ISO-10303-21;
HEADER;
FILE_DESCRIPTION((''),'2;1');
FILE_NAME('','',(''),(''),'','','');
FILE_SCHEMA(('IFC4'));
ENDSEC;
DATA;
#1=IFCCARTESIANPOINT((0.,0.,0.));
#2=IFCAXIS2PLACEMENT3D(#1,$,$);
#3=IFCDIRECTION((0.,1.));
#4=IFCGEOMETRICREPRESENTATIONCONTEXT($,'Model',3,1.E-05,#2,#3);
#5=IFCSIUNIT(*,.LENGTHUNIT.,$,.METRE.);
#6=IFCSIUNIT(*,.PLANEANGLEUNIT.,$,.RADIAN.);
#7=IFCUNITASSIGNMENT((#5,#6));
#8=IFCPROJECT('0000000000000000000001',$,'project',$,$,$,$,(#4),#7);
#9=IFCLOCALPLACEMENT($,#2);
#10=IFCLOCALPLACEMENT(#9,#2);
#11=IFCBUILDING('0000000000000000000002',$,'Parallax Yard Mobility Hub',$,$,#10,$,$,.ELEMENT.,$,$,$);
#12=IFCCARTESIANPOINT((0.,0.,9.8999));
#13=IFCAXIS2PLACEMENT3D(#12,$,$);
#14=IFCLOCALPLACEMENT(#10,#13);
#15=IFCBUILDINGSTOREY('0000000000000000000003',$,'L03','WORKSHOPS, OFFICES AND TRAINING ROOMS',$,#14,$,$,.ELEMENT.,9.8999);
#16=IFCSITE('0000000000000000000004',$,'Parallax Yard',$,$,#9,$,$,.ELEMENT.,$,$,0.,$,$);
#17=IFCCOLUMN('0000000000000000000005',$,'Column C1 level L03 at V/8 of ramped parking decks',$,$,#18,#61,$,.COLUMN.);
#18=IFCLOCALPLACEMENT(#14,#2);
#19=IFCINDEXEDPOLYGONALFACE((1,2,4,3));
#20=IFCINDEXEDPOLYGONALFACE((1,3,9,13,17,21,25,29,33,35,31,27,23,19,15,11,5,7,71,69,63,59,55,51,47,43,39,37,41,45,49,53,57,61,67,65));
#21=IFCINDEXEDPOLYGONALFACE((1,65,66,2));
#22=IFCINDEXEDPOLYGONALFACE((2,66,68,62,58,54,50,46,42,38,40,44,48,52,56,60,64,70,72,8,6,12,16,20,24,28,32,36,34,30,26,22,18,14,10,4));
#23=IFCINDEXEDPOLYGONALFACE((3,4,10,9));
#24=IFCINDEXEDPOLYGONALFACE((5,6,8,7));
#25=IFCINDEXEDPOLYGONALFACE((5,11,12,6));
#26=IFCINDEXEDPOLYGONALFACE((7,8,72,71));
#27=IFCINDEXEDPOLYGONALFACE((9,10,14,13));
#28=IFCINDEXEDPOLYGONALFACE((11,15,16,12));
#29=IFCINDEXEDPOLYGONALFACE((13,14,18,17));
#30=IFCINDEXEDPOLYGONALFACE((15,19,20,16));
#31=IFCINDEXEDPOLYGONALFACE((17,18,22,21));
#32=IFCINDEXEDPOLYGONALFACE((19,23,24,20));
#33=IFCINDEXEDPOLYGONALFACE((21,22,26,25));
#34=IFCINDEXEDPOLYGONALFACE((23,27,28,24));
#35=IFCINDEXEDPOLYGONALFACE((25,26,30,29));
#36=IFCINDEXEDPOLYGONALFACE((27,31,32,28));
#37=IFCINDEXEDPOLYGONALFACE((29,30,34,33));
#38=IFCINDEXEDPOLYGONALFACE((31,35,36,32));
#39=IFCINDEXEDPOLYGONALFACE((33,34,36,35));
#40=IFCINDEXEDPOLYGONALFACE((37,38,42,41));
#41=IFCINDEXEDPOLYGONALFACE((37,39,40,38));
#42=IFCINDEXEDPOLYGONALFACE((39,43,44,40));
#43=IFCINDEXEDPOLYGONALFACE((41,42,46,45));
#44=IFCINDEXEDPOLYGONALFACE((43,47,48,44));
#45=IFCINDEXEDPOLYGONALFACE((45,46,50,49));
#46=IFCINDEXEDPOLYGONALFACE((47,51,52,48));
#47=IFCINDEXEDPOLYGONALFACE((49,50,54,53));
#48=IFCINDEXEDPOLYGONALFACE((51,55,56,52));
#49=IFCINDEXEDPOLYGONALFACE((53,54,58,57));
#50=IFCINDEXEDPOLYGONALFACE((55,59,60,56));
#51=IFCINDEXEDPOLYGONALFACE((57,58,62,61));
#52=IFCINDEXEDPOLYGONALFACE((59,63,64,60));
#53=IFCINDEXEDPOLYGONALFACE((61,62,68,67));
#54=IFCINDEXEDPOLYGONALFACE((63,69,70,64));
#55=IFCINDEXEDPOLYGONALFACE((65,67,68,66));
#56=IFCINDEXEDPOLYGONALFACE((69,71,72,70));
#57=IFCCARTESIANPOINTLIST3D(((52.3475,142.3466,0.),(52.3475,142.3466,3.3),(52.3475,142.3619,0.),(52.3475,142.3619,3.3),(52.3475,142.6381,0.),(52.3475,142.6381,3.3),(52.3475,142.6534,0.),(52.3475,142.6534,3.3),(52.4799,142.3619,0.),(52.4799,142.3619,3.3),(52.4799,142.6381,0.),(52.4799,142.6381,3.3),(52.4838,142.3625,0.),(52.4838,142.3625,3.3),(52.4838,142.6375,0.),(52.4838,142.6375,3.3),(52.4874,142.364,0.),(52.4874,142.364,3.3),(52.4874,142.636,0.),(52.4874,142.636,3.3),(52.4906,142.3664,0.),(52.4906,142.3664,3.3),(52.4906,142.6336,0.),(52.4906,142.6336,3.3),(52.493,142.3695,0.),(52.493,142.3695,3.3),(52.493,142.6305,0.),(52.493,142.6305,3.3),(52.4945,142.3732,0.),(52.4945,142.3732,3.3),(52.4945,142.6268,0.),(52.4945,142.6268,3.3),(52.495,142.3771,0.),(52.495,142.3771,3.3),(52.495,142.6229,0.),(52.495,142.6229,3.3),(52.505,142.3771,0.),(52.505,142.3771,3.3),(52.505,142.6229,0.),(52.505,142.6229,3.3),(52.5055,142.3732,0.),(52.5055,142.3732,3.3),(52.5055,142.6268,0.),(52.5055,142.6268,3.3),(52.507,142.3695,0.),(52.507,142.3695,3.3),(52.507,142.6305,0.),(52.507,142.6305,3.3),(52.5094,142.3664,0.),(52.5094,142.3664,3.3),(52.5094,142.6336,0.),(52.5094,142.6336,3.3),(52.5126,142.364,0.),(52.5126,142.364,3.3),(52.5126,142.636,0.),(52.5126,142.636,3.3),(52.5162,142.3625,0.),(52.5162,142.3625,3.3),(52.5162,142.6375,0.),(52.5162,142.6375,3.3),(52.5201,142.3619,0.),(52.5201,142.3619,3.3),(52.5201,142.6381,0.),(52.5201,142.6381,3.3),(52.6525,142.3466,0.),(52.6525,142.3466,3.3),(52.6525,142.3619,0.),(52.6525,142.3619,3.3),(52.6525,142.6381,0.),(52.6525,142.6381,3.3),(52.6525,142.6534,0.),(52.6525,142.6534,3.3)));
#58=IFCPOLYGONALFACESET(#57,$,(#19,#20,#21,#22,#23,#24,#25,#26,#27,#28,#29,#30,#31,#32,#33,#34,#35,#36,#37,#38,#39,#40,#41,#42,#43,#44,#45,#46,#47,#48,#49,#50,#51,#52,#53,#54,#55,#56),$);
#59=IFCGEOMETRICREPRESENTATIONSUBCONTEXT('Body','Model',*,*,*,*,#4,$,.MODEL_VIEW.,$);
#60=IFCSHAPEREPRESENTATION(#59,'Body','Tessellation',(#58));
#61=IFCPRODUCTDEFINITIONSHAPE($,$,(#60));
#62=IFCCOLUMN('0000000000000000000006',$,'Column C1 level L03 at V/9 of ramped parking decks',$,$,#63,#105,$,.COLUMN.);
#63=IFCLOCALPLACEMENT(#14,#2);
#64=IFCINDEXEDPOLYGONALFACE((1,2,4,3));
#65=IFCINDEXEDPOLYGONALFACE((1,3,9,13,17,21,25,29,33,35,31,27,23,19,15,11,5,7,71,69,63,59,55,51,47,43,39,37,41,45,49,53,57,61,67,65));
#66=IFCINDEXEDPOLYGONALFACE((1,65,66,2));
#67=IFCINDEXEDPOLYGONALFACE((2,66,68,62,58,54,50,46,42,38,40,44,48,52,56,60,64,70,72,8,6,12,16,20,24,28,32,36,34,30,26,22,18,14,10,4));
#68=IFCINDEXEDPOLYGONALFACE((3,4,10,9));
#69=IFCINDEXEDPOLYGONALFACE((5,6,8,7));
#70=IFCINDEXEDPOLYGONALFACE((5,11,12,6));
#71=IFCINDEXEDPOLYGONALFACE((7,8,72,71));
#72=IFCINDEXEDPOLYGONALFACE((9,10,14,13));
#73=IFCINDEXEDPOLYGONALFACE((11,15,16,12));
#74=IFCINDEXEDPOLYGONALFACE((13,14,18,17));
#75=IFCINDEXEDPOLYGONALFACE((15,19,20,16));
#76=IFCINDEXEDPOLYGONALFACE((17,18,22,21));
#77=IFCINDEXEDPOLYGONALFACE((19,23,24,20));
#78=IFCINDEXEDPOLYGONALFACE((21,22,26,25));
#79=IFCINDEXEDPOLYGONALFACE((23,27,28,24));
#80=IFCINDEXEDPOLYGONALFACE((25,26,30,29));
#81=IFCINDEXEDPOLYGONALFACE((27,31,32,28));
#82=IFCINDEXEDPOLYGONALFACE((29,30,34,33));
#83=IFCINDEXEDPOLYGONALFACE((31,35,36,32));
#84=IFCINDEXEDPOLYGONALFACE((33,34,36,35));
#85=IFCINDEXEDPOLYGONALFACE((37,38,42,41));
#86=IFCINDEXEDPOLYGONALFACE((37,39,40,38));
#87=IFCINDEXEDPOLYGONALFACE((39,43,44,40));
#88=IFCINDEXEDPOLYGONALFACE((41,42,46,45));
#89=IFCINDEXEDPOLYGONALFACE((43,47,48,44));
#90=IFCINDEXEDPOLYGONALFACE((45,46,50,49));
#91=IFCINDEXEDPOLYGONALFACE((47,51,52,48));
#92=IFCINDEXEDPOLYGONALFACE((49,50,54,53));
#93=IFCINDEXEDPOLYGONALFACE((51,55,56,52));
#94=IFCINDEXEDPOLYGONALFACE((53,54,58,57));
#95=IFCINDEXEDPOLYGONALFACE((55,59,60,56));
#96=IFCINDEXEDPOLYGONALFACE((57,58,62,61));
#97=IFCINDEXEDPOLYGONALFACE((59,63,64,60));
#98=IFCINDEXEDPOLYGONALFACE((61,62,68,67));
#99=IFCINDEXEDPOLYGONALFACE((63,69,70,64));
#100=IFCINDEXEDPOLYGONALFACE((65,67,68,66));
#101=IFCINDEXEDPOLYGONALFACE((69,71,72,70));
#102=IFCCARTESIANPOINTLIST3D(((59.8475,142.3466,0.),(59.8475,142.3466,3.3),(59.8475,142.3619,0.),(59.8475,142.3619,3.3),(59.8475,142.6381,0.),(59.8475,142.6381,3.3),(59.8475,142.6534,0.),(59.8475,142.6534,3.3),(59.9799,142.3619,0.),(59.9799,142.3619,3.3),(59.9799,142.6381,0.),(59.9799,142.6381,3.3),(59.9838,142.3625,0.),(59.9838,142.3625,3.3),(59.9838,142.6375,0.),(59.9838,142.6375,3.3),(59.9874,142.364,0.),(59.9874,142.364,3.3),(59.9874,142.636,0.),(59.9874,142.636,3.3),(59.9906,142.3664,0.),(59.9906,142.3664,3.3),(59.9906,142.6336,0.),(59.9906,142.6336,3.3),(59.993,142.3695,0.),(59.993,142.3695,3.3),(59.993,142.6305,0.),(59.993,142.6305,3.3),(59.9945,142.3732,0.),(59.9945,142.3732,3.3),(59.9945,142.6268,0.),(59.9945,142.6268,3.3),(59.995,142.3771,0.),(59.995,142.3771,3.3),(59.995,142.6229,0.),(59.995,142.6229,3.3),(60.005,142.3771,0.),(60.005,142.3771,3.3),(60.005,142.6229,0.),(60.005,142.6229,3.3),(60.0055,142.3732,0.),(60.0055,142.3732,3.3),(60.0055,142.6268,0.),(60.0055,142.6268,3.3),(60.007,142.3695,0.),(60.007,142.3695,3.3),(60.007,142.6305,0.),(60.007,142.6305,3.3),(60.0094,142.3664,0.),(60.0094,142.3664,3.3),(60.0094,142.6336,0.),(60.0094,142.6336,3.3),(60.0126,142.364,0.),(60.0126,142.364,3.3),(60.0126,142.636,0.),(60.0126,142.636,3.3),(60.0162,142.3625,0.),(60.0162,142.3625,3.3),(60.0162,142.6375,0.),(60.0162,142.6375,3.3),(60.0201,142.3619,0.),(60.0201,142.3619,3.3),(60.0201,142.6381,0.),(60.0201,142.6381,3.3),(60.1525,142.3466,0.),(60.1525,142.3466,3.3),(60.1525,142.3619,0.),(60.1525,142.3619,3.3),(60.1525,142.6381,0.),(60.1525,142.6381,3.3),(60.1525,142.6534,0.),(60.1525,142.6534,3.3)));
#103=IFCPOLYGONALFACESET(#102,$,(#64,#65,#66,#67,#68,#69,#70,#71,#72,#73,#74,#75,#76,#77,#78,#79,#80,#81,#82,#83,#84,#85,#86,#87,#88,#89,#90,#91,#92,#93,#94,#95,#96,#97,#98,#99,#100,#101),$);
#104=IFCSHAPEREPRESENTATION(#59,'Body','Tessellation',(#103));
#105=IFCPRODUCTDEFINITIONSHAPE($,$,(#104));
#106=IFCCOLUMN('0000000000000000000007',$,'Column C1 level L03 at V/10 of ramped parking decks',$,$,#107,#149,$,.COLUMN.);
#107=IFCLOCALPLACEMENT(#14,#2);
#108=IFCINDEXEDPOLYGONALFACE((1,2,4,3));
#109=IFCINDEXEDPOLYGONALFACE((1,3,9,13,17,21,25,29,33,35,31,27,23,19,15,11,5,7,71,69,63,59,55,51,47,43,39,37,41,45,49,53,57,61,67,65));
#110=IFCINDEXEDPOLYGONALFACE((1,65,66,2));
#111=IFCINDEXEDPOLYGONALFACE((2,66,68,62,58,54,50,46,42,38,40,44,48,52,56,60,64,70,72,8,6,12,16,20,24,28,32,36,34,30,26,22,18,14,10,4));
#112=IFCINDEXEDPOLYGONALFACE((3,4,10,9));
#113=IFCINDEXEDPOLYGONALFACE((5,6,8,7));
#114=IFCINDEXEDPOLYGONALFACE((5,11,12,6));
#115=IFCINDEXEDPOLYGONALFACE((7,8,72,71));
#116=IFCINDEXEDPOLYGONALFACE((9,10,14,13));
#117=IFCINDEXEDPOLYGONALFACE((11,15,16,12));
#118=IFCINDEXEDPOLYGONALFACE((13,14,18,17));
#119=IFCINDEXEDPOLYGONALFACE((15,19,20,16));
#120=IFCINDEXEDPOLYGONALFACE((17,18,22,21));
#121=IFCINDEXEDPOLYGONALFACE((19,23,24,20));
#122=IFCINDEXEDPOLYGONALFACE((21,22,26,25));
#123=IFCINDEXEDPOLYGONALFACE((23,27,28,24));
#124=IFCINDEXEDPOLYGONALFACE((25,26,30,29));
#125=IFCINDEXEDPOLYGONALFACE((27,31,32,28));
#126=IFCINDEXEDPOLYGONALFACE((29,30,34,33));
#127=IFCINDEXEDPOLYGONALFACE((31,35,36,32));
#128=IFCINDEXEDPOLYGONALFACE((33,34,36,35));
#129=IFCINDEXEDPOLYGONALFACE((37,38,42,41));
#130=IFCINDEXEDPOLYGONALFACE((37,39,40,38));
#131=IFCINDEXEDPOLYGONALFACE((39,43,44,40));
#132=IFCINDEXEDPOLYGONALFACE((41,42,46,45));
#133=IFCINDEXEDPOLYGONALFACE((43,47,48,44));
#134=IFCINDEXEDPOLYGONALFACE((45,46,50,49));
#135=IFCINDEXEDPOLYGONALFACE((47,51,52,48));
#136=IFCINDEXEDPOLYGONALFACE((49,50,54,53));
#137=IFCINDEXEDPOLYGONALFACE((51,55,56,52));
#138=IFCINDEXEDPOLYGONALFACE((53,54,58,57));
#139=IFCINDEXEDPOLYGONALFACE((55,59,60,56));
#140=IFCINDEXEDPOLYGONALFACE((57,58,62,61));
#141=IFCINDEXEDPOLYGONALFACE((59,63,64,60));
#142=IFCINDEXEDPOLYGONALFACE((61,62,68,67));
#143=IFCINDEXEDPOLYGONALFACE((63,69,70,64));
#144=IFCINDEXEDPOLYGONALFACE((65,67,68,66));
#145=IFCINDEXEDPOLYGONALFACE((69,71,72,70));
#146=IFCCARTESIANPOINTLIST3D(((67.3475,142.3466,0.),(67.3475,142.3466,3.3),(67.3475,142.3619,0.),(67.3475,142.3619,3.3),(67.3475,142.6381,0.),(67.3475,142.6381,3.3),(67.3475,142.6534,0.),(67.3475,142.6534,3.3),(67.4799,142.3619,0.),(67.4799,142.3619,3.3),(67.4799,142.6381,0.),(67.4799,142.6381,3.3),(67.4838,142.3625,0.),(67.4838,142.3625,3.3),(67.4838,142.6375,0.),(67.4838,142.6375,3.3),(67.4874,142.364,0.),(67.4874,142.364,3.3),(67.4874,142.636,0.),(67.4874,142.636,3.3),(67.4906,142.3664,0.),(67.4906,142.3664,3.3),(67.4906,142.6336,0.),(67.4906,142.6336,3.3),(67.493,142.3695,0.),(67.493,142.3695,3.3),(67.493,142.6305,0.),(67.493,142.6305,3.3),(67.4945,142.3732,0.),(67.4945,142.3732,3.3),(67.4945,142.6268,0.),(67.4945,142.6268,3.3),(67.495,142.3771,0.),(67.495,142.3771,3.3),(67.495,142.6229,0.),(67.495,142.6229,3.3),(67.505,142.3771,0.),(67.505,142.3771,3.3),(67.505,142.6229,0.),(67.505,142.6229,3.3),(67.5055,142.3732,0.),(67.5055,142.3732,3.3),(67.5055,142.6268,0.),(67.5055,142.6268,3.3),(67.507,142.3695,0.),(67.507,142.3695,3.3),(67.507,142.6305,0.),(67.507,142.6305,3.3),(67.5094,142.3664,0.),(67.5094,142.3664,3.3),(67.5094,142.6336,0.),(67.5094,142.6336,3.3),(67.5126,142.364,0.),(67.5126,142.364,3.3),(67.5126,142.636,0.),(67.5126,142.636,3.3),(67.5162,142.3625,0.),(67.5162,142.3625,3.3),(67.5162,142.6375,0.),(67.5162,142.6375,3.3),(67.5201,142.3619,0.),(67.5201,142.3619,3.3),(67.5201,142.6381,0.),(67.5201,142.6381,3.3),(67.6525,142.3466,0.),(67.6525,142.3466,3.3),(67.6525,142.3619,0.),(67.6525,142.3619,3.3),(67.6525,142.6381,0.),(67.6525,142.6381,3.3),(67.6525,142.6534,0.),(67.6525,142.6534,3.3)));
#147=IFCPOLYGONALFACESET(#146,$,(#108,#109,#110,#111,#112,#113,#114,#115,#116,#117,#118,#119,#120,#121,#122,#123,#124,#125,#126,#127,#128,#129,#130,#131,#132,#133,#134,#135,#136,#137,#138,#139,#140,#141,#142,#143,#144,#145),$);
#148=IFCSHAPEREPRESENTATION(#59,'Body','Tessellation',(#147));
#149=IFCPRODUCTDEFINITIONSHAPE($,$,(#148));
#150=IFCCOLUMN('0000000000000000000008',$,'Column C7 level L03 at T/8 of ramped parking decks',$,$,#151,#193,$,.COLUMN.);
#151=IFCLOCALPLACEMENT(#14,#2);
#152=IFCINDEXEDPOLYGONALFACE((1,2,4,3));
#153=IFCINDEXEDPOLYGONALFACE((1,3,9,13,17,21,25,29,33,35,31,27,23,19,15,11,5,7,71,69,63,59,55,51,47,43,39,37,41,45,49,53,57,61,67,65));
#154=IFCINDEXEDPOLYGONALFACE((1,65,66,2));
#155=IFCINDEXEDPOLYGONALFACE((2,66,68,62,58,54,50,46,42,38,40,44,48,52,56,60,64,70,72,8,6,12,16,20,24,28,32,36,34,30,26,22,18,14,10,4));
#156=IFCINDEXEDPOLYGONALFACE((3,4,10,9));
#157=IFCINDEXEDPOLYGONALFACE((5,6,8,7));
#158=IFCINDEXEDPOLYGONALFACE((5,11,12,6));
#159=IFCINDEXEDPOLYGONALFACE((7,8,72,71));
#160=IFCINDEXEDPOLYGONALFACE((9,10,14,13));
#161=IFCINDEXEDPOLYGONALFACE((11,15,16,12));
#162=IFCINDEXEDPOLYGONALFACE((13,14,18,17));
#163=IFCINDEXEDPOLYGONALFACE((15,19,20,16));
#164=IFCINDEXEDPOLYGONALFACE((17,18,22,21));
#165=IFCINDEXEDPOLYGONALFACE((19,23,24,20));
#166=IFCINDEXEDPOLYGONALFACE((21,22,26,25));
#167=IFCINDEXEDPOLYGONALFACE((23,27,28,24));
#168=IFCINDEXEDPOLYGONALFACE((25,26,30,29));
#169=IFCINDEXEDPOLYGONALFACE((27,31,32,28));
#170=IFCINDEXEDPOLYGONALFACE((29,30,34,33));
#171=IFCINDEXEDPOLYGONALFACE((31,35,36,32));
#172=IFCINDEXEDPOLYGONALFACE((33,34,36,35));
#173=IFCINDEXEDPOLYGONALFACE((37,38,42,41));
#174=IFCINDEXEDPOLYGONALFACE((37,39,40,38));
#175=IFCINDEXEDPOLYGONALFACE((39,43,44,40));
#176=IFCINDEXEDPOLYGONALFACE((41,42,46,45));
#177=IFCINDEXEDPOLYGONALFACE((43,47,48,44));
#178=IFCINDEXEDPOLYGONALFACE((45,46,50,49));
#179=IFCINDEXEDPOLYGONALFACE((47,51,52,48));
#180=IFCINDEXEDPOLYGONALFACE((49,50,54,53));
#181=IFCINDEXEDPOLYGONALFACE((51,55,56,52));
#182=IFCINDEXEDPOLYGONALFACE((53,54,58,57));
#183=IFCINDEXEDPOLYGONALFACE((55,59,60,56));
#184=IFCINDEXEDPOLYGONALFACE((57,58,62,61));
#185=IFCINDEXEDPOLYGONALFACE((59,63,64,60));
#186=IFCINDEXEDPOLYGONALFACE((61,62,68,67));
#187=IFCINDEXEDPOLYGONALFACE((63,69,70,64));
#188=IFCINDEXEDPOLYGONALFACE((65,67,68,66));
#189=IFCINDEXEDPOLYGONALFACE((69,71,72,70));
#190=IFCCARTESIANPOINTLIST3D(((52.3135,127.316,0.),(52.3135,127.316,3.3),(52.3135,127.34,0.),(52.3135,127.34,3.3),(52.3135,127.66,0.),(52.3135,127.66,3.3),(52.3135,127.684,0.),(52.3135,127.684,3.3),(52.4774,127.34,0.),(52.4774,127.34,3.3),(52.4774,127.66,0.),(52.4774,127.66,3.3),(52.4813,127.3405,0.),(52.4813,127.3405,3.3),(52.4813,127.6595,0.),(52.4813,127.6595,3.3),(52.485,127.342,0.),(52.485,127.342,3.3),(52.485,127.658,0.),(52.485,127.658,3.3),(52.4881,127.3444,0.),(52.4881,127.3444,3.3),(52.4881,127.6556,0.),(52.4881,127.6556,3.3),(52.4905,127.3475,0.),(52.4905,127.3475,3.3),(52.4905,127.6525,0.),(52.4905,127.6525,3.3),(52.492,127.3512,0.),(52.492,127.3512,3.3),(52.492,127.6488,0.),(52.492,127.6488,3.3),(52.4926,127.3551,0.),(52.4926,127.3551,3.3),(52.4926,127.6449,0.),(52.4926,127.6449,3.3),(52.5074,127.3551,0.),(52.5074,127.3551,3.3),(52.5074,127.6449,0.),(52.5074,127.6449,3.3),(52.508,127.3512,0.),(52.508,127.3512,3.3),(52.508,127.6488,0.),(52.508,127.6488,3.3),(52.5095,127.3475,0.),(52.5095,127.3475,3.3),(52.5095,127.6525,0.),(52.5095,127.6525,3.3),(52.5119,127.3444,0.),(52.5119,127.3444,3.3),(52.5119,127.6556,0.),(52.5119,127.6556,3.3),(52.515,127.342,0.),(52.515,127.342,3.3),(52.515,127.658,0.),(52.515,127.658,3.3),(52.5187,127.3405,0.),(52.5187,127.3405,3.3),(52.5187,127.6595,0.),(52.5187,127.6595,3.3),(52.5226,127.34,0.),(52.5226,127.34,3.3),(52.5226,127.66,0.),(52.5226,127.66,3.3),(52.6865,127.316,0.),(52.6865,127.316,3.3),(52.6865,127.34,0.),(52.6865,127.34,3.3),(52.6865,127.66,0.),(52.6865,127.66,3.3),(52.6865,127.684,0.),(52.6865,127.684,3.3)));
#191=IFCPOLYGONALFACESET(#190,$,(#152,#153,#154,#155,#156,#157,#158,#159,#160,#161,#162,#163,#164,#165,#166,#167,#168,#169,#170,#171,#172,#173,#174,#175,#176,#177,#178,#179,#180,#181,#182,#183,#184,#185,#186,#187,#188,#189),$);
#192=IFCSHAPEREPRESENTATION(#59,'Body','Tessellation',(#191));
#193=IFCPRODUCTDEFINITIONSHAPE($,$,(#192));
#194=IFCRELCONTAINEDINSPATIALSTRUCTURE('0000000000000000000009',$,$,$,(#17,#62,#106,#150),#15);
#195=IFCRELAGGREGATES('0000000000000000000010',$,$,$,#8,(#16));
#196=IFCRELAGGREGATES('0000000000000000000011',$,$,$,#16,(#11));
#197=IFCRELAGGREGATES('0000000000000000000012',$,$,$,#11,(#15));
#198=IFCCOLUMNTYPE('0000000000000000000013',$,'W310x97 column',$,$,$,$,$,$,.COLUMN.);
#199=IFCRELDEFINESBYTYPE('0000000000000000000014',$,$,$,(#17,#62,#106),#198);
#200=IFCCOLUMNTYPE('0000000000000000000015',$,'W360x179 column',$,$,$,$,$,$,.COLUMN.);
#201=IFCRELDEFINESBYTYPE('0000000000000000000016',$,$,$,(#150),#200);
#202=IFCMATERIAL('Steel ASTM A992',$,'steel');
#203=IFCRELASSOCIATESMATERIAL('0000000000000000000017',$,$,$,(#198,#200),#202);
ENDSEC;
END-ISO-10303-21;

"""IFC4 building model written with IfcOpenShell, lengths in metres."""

from ifc_helpers import new_model, si_unit, direction, frame, origin, origin_2d, place, context, subcontext, project, spatial, i_section, extrude, material, material_profile, profile_set, type_object, element, save


model = new_model("IFC4")

# Units and contexts
model_context = context("Model", 3, precision=1e-05, world=origin(), true_north=direction((0.0, 1.0)))
body_context = subcontext(model_context, "Body", "Model", "MODEL_VIEW")
ifc_project = project(units=[si_unit("LENGTHUNIT", "METRE"), si_unit("PLANEANGLEUNIT", "RADIAN")], contexts=[model_context])

# Site, building, storey
site_placement = place(None, origin())
site = spatial("IfcSite", under=ifc_project, at=site_placement, Name="Parallax Yard", CompositionType="ELEMENT", RefElevation=0.0)
building_placement = place(site_placement, origin())
building = spatial("IfcBuilding", under=site, at=building_placement, Name="Parallax Yard Mobility Hub", CompositionType="ELEMENT")
storey_placement = place(building_placement, frame((0.0, 0.0, 9.8999)))
storey = spatial("IfcBuildingStorey", under=building, at=storey_placement, Name="L03", Description="WORKSHOPS, OFFICES AND TRAINING ROOMS", CompositionType="ELEMENT", Elevation=9.8999)

# Columns
ifc_material_1 = material(Name="Steel ASTM A992", Category="steel")
ifc_material_profile_1 = material_profile(ifc_material_1, i_section(OverallWidth=0.3049, OverallDepth=0.3069, WebThickness=0.01, FlangeThickness=0.0154, FilletRadius=0.0151, at=origin_2d()), Name="W310x97")
ifc_profile_set_1 = profile_set([ifc_material_profile_1], Name="Steel ASTM A992")
column_type_1 = type_object("IfcColumnType", Name="W310x97 column", PredefinedType="COLUMN", material=ifc_profile_set_1)
for number, where, z_axis, x_axis, name in (
    (1, (52.5, 142.5, 0.0), (0.0, 0.0, 1.0), (1.0, 0.0, 0.0), "Column C1 level L03 at V/8 of ramped parking decks"),
    (2, (60.0, 142.5, 0.0), (0.0, 0.0, 1.0), (1.0, 0.0, 0.0), "Column C1 level L03 at V/9 of ramped parking decks"),
    (3, (67.5, 142.5, 0.0), (0.0, 0.0, 1.0), (1.0, 0.0, 0.0), "Column C1 level L03 at V/10 of ramped parking decks"),
):
    element("IfcColumn", number, at=place(storey_placement, frame(where, z_axis=z_axis, x_axis=x_axis)), inside=storey, type_object=column_type_1, Name=name, PredefinedType="COLUMN", context=body_context, shape_type="SweptSolid", body=[
        extrude(i_section(OverallWidth=0.3049, OverallDepth=0.3069, WebThickness=0.01, FlangeThickness=0.0154, FilletRadius=0.0151, at=origin_2d()), origin(), (0.0, 0.0, 1.0), 3.3),
    ])
ifc_material_profile_2 = material_profile(ifc_material_1, i_section(OverallWidth=0.373, OverallDepth=0.3679, WebThickness=0.0149, FlangeThickness=0.0239, FilletRadius=0.0151, at=origin_2d()), Name="W360x179")
ifc_profile_set_2 = profile_set([ifc_material_profile_2], Name="Steel ASTM A992")
column_type_2 = type_object("IfcColumnType", Name="W360x179 column", PredefinedType="COLUMN", material=ifc_profile_set_2)
for number, where, z_axis, x_axis, name in (
    (4, (52.5, 127.5, 0.0), (0.0, 0.0, 1.0), (1.0, 0.0, 0.0), "Column C7 level L03 at T/8 of ramped parking decks"),
):
    element("IfcColumn", number, at=place(storey_placement, frame(where, z_axis=z_axis, x_axis=x_axis)), inside=storey, type_object=column_type_2, Name=name, PredefinedType="COLUMN", context=body_context, shape_type="SweptSolid", body=[
        extrude(i_section(OverallWidth=0.373, OverallDepth=0.3679, WebThickness=0.0149, FlangeThickness=0.0239, FilletRadius=0.0151, at=origin_2d()), origin(), (0.0, 0.0, 1.0), 3.3),
    ])

save(model, "model.ifc")
